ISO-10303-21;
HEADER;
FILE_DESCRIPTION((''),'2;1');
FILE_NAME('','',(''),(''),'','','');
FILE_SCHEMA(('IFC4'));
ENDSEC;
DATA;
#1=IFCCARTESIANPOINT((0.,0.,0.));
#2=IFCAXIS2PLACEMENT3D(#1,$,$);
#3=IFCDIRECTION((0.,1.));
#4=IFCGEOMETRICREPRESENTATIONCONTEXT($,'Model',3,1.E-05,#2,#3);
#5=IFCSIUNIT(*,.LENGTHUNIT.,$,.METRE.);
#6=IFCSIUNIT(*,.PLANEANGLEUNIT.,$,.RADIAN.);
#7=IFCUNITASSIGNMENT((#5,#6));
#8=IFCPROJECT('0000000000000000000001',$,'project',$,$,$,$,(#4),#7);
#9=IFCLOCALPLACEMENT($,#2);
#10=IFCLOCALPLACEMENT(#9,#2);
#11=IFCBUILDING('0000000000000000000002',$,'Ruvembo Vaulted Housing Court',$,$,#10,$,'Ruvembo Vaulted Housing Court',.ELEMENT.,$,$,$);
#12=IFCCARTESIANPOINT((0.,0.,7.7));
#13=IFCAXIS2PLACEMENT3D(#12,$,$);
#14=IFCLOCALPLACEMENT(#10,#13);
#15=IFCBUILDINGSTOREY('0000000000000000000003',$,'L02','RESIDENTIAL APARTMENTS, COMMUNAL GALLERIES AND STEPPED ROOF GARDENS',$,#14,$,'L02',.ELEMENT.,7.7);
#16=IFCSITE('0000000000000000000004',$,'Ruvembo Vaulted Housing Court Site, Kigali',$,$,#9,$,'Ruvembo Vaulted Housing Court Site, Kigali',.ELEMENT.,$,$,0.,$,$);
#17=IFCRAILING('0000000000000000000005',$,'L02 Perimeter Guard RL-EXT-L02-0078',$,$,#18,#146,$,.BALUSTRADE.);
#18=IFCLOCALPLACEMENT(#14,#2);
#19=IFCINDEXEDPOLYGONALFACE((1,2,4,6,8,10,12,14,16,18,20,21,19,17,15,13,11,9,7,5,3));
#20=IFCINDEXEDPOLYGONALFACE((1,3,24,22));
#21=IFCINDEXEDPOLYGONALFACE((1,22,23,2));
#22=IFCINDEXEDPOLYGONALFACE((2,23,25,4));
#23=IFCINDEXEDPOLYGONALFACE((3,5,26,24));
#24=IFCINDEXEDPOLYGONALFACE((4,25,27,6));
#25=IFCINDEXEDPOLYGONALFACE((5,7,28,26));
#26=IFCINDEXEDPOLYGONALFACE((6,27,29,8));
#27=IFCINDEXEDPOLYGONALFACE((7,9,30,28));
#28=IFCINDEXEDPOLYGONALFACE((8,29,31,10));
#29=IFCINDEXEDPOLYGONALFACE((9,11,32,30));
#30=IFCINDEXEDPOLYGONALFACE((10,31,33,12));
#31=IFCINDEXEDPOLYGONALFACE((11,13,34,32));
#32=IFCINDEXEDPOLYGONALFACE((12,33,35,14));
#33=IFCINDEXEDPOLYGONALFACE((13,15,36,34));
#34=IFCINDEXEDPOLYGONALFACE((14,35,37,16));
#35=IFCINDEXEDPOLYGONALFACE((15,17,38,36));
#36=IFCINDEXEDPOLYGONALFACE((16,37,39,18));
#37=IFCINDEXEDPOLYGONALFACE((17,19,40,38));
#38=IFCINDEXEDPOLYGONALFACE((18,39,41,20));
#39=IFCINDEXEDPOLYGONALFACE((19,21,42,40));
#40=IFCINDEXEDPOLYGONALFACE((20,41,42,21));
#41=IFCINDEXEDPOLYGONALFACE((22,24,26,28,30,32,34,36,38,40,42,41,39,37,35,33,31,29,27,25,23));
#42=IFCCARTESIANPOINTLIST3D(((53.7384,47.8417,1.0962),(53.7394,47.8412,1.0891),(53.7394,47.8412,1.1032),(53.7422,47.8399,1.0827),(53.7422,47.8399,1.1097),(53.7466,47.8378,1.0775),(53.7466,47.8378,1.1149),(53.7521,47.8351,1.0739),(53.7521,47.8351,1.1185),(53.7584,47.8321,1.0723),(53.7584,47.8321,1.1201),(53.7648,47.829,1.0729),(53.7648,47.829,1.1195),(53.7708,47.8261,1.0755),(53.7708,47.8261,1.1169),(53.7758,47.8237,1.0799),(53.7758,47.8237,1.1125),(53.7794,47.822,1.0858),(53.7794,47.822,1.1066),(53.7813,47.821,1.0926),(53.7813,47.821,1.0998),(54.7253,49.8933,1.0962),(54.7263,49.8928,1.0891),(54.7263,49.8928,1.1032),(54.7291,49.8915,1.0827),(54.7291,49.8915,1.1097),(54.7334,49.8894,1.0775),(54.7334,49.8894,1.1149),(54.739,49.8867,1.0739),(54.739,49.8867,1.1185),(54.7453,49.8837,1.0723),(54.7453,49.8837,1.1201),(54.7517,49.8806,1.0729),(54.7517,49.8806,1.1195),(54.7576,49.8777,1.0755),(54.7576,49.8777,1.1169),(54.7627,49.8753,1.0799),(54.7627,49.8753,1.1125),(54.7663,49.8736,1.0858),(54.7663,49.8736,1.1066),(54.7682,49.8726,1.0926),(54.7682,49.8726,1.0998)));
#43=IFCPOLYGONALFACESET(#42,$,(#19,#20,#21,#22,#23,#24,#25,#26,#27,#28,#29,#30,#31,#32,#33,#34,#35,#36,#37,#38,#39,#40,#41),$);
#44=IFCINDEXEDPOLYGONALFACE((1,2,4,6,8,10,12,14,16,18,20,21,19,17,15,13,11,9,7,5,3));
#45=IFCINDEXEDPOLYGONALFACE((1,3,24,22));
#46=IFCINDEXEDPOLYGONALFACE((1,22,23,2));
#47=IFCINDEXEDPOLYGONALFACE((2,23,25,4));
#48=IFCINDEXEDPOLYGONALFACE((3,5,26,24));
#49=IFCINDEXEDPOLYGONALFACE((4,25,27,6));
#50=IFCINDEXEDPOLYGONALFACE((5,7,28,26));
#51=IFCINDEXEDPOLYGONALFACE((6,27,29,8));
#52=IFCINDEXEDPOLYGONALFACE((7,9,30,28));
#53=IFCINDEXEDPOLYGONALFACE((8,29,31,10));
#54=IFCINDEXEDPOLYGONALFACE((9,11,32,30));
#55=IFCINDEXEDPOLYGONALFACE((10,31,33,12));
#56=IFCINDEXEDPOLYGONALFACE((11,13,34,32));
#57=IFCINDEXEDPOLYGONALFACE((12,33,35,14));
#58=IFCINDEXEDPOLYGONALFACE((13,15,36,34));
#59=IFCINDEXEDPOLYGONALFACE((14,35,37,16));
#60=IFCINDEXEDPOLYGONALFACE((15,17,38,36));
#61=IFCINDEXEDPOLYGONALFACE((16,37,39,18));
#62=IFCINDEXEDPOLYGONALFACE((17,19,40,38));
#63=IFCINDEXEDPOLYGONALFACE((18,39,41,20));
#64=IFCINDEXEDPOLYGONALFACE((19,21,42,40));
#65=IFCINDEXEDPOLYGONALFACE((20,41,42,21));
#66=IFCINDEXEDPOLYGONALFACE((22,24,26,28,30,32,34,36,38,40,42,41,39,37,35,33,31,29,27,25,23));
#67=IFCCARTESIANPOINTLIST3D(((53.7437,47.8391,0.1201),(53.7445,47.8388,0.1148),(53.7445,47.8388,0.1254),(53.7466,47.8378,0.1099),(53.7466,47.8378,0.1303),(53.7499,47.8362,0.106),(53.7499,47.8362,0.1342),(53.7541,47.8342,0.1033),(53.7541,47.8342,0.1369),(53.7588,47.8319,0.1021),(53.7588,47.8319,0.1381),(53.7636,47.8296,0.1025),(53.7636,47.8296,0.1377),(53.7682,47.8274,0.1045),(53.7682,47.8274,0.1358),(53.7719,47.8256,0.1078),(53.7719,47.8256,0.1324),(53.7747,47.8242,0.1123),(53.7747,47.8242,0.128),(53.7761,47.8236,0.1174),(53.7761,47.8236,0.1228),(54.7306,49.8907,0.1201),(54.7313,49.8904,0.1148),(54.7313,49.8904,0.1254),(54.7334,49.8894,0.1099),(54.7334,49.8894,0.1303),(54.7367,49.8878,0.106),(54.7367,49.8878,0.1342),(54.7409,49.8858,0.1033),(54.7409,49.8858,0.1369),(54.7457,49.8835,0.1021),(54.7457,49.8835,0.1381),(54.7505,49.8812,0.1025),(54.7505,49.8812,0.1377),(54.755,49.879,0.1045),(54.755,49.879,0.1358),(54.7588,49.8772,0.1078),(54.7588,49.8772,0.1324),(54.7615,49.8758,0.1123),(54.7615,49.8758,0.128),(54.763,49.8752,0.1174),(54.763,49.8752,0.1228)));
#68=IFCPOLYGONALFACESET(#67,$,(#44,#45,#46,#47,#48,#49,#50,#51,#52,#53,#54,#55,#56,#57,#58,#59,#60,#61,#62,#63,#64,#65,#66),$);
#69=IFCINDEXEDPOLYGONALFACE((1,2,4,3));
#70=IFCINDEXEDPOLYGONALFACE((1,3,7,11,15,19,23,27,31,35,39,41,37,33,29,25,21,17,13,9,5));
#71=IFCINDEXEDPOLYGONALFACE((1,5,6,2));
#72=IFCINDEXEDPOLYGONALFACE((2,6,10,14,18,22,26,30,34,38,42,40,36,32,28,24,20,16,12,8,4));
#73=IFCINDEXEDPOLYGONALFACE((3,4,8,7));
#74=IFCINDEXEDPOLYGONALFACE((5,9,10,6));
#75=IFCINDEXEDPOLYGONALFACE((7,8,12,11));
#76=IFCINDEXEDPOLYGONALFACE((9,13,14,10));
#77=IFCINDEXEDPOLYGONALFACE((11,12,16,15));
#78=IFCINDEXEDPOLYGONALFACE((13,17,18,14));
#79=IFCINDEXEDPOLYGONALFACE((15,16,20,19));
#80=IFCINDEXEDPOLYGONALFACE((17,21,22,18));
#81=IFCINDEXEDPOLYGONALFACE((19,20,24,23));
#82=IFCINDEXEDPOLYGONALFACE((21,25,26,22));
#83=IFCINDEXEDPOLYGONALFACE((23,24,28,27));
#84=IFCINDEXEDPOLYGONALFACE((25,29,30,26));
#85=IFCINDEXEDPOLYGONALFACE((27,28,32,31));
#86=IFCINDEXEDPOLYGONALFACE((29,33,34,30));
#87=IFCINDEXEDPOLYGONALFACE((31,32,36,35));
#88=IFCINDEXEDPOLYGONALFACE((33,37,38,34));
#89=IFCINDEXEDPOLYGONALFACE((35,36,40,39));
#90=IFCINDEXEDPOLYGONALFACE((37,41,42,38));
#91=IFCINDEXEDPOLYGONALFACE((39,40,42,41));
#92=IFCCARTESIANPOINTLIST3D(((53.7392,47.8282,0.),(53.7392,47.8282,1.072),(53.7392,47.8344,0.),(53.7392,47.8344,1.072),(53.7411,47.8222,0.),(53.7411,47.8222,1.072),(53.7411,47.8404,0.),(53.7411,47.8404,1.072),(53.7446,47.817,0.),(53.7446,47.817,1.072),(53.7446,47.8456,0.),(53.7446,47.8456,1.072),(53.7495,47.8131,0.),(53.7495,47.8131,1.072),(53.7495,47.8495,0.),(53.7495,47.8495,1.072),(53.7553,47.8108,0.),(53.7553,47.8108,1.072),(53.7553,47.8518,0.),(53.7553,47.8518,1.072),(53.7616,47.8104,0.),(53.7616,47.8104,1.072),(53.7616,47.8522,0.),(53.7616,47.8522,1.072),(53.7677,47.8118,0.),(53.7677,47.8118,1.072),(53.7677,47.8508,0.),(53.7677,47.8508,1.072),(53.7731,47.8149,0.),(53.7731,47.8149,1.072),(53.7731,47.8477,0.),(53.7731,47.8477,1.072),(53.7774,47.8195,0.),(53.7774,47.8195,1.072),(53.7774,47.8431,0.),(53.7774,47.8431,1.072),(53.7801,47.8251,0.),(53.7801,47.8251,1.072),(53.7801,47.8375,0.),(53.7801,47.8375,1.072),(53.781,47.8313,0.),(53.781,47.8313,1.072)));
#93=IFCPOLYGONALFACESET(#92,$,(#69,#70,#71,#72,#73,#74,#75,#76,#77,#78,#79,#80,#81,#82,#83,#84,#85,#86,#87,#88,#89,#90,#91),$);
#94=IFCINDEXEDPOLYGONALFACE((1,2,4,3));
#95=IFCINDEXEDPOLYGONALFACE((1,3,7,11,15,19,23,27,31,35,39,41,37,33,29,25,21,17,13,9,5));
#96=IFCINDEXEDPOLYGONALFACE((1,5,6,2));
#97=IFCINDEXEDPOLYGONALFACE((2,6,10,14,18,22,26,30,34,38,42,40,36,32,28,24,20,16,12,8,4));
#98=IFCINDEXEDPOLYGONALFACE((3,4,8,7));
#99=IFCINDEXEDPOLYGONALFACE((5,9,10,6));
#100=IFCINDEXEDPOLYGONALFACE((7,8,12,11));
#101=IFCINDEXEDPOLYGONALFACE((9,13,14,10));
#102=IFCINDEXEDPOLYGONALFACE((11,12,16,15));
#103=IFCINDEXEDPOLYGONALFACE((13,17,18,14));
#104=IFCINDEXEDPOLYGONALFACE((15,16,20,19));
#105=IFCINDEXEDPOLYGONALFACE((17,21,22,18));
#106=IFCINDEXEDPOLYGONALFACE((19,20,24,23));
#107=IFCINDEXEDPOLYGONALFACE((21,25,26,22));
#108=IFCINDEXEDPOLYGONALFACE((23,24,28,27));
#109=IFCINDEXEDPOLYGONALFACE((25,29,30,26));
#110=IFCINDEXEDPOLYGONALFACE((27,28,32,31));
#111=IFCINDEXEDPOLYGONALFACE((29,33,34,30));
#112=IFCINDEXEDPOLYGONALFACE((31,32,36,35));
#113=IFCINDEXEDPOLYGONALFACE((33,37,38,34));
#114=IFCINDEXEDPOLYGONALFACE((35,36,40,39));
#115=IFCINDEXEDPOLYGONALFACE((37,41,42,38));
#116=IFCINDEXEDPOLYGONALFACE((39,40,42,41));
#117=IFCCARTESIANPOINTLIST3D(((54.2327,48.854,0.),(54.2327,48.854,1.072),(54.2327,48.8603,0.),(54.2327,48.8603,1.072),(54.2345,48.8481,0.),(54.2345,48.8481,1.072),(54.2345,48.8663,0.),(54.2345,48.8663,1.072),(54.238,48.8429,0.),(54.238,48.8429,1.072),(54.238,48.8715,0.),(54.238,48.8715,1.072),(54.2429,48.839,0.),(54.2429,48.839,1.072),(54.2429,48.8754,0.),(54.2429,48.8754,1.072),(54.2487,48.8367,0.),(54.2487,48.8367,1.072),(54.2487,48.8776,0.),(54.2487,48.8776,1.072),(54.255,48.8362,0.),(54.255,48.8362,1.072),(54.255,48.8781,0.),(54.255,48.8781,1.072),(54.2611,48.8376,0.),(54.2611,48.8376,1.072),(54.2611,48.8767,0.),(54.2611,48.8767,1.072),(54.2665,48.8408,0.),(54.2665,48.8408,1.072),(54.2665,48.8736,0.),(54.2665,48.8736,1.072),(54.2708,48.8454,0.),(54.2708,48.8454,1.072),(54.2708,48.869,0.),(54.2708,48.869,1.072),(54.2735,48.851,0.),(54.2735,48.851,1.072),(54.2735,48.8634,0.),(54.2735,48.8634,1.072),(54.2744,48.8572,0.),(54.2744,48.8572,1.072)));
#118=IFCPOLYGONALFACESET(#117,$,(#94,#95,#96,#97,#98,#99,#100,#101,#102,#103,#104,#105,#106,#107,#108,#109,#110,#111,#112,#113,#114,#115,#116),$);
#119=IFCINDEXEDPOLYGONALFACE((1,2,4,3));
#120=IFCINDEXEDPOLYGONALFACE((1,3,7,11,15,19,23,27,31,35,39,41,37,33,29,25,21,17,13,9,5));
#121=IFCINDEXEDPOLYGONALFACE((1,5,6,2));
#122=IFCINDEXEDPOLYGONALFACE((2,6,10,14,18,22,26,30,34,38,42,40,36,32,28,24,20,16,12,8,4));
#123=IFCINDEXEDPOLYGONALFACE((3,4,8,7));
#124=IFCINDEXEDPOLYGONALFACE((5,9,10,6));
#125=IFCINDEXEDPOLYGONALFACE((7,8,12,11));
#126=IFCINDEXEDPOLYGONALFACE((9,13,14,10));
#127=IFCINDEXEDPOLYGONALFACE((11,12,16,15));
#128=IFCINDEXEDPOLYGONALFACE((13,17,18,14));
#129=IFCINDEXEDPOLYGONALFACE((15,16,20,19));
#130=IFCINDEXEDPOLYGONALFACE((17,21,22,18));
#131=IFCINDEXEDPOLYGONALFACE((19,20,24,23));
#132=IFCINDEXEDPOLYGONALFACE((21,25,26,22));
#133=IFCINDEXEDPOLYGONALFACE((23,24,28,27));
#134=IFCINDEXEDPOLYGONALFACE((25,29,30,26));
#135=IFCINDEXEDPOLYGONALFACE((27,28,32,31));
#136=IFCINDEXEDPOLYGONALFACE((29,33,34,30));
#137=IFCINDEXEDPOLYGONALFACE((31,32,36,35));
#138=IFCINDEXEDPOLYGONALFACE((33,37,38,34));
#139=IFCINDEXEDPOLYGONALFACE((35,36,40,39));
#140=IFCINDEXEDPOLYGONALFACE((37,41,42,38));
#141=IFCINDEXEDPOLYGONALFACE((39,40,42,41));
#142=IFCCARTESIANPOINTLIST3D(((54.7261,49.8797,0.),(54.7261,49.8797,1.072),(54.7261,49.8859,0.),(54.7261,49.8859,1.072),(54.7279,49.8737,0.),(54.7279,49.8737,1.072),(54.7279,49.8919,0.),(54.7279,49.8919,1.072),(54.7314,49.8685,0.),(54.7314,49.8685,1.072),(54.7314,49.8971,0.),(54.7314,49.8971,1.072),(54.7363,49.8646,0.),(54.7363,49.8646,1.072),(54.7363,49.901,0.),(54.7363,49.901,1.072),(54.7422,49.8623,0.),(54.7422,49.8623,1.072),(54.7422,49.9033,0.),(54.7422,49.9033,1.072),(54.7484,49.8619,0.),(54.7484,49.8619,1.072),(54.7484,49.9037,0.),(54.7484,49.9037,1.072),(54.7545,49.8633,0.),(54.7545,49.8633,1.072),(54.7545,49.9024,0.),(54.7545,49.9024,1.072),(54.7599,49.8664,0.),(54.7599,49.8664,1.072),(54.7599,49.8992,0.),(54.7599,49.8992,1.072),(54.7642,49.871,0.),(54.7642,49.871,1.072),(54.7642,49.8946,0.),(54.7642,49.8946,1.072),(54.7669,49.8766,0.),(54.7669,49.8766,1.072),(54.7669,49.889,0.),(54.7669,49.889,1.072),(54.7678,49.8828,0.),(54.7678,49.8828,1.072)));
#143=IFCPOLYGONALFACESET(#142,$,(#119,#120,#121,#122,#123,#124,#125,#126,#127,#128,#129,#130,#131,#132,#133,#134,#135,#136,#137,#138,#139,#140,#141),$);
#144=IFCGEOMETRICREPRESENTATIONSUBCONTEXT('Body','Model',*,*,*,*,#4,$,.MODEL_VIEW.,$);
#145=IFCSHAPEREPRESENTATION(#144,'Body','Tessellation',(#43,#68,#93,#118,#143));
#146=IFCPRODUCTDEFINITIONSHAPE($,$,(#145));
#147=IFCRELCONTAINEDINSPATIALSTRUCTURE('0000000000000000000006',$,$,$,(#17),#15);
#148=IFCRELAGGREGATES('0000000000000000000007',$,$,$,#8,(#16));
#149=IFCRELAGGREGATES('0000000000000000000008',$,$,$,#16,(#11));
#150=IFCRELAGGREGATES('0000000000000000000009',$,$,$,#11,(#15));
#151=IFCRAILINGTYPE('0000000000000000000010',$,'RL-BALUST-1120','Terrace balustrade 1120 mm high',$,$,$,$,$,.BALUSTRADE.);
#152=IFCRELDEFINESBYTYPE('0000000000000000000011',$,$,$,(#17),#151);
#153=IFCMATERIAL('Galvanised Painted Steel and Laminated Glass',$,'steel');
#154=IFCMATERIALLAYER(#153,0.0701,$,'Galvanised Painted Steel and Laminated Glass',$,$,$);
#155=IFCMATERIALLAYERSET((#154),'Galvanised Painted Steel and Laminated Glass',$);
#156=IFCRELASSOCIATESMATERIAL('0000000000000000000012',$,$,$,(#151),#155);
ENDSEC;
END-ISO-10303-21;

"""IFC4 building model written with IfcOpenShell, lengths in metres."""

from ifc_helpers import new_model, si_unit, direction, frame, origin, origin_2d, place, context, subcontext, project, spatial, circle, extrude, material, layer, layer_set, type_object, element, save


model = new_model("IFC4")

# Units and contexts
model_context = context("Model", 3, precision=1e-05, world=origin(), true_north=direction((0.0, 1.0)))
body_context = subcontext(model_context, "Body", "Model", "MODEL_VIEW")
ifc_project = project(units=[si_unit("LENGTHUNIT", "METRE"), si_unit("PLANEANGLEUNIT", "RADIAN")], contexts=[model_context])

# Site, building, storey
site_placement = place(None, origin())
site = spatial("IfcSite", under=ifc_project, at=site_placement, Name="Ruvembo Vaulted Housing Court Site, Kigali", LongName="Ruvembo Vaulted Housing Court Site, Kigali", CompositionType="ELEMENT", RefElevation=0.0)
building_placement = place(site_placement, origin())
building = spatial("IfcBuilding", under=site, at=building_placement, Name="Ruvembo Vaulted Housing Court", LongName="Ruvembo Vaulted Housing Court", CompositionType="ELEMENT")
storey_placement = place(building_placement, frame((0.0, 0.0, 7.7)))
storey = spatial("IfcBuildingStorey", under=building, at=storey_placement, Name="L02", Description="RESIDENTIAL APARTMENTS, COMMUNAL GALLERIES AND STEPPED ROOF GARDENS", LongName="L02", CompositionType="ELEMENT", Elevation=7.7)

# Railing
ifc_material_1 = material(Name="Galvanised Painted Steel and Laminated Glass", Category="steel")
ifc_layer_1 = layer(ifc_material_1, 0.0701, Name="Galvanised Painted Steel and Laminated Glass")
ifc_layer_set_1 = layer_set([ifc_layer_1], Name="Galvanised Painted Steel and Laminated Glass")
railing_type = type_object("IfcRailingType", Name="RL-BALUST-1120", Description="Terrace balustrade 1120 mm high", PredefinedType="BALUSTRADE", material=ifc_layer_set_1)
railing_1_placement = place(storey_placement, frame((53.76, 47.8313, 0.0)))
element("IfcRailing", 1, at=railing_1_placement, inside=storey, type_object=railing_type, Name="L02 Perimeter Guard RL-EXT-L02-0078", PredefinedType="BALUSTRADE", context=body_context, shape_type="SweptSolid", body=[
    extrude(circle(Radius=0.0239, at=origin_2d()), frame((0.0, 0.0, 1.0962), z_axis=(0.433477, 0.901165, 0.0), x_axis=(-0.901165, 0.433477, 0.0)), (0.0, 0.0, 1.0), 2.2766),
    extrude(circle(Radius=0.0181, at=origin_2d()), frame((0.0, 0.0, 0.1201), z_axis=(0.433477, 0.901165, 0.0), x_axis=(-0.901165, 0.433477, 0.0)), (0.0, 0.0, 1.0), 2.2766),
    extrude(circle(Radius=0.021, at=origin_2d()), origin(), (0.0, 0.0, 1.0), 1.072),
    extrude(circle(Radius=0.021, at=origin_2d()), frame((0.4934, 1.0259, 0.0)), (0.0, 0.0, 1.0), 1.072),
    extrude(circle(Radius=0.021, at=origin_2d()), frame((0.9868, 2.0515, 0.0)), (0.0, 0.0, 1.0), 1.072),
])

save(model, "model.ifc")
